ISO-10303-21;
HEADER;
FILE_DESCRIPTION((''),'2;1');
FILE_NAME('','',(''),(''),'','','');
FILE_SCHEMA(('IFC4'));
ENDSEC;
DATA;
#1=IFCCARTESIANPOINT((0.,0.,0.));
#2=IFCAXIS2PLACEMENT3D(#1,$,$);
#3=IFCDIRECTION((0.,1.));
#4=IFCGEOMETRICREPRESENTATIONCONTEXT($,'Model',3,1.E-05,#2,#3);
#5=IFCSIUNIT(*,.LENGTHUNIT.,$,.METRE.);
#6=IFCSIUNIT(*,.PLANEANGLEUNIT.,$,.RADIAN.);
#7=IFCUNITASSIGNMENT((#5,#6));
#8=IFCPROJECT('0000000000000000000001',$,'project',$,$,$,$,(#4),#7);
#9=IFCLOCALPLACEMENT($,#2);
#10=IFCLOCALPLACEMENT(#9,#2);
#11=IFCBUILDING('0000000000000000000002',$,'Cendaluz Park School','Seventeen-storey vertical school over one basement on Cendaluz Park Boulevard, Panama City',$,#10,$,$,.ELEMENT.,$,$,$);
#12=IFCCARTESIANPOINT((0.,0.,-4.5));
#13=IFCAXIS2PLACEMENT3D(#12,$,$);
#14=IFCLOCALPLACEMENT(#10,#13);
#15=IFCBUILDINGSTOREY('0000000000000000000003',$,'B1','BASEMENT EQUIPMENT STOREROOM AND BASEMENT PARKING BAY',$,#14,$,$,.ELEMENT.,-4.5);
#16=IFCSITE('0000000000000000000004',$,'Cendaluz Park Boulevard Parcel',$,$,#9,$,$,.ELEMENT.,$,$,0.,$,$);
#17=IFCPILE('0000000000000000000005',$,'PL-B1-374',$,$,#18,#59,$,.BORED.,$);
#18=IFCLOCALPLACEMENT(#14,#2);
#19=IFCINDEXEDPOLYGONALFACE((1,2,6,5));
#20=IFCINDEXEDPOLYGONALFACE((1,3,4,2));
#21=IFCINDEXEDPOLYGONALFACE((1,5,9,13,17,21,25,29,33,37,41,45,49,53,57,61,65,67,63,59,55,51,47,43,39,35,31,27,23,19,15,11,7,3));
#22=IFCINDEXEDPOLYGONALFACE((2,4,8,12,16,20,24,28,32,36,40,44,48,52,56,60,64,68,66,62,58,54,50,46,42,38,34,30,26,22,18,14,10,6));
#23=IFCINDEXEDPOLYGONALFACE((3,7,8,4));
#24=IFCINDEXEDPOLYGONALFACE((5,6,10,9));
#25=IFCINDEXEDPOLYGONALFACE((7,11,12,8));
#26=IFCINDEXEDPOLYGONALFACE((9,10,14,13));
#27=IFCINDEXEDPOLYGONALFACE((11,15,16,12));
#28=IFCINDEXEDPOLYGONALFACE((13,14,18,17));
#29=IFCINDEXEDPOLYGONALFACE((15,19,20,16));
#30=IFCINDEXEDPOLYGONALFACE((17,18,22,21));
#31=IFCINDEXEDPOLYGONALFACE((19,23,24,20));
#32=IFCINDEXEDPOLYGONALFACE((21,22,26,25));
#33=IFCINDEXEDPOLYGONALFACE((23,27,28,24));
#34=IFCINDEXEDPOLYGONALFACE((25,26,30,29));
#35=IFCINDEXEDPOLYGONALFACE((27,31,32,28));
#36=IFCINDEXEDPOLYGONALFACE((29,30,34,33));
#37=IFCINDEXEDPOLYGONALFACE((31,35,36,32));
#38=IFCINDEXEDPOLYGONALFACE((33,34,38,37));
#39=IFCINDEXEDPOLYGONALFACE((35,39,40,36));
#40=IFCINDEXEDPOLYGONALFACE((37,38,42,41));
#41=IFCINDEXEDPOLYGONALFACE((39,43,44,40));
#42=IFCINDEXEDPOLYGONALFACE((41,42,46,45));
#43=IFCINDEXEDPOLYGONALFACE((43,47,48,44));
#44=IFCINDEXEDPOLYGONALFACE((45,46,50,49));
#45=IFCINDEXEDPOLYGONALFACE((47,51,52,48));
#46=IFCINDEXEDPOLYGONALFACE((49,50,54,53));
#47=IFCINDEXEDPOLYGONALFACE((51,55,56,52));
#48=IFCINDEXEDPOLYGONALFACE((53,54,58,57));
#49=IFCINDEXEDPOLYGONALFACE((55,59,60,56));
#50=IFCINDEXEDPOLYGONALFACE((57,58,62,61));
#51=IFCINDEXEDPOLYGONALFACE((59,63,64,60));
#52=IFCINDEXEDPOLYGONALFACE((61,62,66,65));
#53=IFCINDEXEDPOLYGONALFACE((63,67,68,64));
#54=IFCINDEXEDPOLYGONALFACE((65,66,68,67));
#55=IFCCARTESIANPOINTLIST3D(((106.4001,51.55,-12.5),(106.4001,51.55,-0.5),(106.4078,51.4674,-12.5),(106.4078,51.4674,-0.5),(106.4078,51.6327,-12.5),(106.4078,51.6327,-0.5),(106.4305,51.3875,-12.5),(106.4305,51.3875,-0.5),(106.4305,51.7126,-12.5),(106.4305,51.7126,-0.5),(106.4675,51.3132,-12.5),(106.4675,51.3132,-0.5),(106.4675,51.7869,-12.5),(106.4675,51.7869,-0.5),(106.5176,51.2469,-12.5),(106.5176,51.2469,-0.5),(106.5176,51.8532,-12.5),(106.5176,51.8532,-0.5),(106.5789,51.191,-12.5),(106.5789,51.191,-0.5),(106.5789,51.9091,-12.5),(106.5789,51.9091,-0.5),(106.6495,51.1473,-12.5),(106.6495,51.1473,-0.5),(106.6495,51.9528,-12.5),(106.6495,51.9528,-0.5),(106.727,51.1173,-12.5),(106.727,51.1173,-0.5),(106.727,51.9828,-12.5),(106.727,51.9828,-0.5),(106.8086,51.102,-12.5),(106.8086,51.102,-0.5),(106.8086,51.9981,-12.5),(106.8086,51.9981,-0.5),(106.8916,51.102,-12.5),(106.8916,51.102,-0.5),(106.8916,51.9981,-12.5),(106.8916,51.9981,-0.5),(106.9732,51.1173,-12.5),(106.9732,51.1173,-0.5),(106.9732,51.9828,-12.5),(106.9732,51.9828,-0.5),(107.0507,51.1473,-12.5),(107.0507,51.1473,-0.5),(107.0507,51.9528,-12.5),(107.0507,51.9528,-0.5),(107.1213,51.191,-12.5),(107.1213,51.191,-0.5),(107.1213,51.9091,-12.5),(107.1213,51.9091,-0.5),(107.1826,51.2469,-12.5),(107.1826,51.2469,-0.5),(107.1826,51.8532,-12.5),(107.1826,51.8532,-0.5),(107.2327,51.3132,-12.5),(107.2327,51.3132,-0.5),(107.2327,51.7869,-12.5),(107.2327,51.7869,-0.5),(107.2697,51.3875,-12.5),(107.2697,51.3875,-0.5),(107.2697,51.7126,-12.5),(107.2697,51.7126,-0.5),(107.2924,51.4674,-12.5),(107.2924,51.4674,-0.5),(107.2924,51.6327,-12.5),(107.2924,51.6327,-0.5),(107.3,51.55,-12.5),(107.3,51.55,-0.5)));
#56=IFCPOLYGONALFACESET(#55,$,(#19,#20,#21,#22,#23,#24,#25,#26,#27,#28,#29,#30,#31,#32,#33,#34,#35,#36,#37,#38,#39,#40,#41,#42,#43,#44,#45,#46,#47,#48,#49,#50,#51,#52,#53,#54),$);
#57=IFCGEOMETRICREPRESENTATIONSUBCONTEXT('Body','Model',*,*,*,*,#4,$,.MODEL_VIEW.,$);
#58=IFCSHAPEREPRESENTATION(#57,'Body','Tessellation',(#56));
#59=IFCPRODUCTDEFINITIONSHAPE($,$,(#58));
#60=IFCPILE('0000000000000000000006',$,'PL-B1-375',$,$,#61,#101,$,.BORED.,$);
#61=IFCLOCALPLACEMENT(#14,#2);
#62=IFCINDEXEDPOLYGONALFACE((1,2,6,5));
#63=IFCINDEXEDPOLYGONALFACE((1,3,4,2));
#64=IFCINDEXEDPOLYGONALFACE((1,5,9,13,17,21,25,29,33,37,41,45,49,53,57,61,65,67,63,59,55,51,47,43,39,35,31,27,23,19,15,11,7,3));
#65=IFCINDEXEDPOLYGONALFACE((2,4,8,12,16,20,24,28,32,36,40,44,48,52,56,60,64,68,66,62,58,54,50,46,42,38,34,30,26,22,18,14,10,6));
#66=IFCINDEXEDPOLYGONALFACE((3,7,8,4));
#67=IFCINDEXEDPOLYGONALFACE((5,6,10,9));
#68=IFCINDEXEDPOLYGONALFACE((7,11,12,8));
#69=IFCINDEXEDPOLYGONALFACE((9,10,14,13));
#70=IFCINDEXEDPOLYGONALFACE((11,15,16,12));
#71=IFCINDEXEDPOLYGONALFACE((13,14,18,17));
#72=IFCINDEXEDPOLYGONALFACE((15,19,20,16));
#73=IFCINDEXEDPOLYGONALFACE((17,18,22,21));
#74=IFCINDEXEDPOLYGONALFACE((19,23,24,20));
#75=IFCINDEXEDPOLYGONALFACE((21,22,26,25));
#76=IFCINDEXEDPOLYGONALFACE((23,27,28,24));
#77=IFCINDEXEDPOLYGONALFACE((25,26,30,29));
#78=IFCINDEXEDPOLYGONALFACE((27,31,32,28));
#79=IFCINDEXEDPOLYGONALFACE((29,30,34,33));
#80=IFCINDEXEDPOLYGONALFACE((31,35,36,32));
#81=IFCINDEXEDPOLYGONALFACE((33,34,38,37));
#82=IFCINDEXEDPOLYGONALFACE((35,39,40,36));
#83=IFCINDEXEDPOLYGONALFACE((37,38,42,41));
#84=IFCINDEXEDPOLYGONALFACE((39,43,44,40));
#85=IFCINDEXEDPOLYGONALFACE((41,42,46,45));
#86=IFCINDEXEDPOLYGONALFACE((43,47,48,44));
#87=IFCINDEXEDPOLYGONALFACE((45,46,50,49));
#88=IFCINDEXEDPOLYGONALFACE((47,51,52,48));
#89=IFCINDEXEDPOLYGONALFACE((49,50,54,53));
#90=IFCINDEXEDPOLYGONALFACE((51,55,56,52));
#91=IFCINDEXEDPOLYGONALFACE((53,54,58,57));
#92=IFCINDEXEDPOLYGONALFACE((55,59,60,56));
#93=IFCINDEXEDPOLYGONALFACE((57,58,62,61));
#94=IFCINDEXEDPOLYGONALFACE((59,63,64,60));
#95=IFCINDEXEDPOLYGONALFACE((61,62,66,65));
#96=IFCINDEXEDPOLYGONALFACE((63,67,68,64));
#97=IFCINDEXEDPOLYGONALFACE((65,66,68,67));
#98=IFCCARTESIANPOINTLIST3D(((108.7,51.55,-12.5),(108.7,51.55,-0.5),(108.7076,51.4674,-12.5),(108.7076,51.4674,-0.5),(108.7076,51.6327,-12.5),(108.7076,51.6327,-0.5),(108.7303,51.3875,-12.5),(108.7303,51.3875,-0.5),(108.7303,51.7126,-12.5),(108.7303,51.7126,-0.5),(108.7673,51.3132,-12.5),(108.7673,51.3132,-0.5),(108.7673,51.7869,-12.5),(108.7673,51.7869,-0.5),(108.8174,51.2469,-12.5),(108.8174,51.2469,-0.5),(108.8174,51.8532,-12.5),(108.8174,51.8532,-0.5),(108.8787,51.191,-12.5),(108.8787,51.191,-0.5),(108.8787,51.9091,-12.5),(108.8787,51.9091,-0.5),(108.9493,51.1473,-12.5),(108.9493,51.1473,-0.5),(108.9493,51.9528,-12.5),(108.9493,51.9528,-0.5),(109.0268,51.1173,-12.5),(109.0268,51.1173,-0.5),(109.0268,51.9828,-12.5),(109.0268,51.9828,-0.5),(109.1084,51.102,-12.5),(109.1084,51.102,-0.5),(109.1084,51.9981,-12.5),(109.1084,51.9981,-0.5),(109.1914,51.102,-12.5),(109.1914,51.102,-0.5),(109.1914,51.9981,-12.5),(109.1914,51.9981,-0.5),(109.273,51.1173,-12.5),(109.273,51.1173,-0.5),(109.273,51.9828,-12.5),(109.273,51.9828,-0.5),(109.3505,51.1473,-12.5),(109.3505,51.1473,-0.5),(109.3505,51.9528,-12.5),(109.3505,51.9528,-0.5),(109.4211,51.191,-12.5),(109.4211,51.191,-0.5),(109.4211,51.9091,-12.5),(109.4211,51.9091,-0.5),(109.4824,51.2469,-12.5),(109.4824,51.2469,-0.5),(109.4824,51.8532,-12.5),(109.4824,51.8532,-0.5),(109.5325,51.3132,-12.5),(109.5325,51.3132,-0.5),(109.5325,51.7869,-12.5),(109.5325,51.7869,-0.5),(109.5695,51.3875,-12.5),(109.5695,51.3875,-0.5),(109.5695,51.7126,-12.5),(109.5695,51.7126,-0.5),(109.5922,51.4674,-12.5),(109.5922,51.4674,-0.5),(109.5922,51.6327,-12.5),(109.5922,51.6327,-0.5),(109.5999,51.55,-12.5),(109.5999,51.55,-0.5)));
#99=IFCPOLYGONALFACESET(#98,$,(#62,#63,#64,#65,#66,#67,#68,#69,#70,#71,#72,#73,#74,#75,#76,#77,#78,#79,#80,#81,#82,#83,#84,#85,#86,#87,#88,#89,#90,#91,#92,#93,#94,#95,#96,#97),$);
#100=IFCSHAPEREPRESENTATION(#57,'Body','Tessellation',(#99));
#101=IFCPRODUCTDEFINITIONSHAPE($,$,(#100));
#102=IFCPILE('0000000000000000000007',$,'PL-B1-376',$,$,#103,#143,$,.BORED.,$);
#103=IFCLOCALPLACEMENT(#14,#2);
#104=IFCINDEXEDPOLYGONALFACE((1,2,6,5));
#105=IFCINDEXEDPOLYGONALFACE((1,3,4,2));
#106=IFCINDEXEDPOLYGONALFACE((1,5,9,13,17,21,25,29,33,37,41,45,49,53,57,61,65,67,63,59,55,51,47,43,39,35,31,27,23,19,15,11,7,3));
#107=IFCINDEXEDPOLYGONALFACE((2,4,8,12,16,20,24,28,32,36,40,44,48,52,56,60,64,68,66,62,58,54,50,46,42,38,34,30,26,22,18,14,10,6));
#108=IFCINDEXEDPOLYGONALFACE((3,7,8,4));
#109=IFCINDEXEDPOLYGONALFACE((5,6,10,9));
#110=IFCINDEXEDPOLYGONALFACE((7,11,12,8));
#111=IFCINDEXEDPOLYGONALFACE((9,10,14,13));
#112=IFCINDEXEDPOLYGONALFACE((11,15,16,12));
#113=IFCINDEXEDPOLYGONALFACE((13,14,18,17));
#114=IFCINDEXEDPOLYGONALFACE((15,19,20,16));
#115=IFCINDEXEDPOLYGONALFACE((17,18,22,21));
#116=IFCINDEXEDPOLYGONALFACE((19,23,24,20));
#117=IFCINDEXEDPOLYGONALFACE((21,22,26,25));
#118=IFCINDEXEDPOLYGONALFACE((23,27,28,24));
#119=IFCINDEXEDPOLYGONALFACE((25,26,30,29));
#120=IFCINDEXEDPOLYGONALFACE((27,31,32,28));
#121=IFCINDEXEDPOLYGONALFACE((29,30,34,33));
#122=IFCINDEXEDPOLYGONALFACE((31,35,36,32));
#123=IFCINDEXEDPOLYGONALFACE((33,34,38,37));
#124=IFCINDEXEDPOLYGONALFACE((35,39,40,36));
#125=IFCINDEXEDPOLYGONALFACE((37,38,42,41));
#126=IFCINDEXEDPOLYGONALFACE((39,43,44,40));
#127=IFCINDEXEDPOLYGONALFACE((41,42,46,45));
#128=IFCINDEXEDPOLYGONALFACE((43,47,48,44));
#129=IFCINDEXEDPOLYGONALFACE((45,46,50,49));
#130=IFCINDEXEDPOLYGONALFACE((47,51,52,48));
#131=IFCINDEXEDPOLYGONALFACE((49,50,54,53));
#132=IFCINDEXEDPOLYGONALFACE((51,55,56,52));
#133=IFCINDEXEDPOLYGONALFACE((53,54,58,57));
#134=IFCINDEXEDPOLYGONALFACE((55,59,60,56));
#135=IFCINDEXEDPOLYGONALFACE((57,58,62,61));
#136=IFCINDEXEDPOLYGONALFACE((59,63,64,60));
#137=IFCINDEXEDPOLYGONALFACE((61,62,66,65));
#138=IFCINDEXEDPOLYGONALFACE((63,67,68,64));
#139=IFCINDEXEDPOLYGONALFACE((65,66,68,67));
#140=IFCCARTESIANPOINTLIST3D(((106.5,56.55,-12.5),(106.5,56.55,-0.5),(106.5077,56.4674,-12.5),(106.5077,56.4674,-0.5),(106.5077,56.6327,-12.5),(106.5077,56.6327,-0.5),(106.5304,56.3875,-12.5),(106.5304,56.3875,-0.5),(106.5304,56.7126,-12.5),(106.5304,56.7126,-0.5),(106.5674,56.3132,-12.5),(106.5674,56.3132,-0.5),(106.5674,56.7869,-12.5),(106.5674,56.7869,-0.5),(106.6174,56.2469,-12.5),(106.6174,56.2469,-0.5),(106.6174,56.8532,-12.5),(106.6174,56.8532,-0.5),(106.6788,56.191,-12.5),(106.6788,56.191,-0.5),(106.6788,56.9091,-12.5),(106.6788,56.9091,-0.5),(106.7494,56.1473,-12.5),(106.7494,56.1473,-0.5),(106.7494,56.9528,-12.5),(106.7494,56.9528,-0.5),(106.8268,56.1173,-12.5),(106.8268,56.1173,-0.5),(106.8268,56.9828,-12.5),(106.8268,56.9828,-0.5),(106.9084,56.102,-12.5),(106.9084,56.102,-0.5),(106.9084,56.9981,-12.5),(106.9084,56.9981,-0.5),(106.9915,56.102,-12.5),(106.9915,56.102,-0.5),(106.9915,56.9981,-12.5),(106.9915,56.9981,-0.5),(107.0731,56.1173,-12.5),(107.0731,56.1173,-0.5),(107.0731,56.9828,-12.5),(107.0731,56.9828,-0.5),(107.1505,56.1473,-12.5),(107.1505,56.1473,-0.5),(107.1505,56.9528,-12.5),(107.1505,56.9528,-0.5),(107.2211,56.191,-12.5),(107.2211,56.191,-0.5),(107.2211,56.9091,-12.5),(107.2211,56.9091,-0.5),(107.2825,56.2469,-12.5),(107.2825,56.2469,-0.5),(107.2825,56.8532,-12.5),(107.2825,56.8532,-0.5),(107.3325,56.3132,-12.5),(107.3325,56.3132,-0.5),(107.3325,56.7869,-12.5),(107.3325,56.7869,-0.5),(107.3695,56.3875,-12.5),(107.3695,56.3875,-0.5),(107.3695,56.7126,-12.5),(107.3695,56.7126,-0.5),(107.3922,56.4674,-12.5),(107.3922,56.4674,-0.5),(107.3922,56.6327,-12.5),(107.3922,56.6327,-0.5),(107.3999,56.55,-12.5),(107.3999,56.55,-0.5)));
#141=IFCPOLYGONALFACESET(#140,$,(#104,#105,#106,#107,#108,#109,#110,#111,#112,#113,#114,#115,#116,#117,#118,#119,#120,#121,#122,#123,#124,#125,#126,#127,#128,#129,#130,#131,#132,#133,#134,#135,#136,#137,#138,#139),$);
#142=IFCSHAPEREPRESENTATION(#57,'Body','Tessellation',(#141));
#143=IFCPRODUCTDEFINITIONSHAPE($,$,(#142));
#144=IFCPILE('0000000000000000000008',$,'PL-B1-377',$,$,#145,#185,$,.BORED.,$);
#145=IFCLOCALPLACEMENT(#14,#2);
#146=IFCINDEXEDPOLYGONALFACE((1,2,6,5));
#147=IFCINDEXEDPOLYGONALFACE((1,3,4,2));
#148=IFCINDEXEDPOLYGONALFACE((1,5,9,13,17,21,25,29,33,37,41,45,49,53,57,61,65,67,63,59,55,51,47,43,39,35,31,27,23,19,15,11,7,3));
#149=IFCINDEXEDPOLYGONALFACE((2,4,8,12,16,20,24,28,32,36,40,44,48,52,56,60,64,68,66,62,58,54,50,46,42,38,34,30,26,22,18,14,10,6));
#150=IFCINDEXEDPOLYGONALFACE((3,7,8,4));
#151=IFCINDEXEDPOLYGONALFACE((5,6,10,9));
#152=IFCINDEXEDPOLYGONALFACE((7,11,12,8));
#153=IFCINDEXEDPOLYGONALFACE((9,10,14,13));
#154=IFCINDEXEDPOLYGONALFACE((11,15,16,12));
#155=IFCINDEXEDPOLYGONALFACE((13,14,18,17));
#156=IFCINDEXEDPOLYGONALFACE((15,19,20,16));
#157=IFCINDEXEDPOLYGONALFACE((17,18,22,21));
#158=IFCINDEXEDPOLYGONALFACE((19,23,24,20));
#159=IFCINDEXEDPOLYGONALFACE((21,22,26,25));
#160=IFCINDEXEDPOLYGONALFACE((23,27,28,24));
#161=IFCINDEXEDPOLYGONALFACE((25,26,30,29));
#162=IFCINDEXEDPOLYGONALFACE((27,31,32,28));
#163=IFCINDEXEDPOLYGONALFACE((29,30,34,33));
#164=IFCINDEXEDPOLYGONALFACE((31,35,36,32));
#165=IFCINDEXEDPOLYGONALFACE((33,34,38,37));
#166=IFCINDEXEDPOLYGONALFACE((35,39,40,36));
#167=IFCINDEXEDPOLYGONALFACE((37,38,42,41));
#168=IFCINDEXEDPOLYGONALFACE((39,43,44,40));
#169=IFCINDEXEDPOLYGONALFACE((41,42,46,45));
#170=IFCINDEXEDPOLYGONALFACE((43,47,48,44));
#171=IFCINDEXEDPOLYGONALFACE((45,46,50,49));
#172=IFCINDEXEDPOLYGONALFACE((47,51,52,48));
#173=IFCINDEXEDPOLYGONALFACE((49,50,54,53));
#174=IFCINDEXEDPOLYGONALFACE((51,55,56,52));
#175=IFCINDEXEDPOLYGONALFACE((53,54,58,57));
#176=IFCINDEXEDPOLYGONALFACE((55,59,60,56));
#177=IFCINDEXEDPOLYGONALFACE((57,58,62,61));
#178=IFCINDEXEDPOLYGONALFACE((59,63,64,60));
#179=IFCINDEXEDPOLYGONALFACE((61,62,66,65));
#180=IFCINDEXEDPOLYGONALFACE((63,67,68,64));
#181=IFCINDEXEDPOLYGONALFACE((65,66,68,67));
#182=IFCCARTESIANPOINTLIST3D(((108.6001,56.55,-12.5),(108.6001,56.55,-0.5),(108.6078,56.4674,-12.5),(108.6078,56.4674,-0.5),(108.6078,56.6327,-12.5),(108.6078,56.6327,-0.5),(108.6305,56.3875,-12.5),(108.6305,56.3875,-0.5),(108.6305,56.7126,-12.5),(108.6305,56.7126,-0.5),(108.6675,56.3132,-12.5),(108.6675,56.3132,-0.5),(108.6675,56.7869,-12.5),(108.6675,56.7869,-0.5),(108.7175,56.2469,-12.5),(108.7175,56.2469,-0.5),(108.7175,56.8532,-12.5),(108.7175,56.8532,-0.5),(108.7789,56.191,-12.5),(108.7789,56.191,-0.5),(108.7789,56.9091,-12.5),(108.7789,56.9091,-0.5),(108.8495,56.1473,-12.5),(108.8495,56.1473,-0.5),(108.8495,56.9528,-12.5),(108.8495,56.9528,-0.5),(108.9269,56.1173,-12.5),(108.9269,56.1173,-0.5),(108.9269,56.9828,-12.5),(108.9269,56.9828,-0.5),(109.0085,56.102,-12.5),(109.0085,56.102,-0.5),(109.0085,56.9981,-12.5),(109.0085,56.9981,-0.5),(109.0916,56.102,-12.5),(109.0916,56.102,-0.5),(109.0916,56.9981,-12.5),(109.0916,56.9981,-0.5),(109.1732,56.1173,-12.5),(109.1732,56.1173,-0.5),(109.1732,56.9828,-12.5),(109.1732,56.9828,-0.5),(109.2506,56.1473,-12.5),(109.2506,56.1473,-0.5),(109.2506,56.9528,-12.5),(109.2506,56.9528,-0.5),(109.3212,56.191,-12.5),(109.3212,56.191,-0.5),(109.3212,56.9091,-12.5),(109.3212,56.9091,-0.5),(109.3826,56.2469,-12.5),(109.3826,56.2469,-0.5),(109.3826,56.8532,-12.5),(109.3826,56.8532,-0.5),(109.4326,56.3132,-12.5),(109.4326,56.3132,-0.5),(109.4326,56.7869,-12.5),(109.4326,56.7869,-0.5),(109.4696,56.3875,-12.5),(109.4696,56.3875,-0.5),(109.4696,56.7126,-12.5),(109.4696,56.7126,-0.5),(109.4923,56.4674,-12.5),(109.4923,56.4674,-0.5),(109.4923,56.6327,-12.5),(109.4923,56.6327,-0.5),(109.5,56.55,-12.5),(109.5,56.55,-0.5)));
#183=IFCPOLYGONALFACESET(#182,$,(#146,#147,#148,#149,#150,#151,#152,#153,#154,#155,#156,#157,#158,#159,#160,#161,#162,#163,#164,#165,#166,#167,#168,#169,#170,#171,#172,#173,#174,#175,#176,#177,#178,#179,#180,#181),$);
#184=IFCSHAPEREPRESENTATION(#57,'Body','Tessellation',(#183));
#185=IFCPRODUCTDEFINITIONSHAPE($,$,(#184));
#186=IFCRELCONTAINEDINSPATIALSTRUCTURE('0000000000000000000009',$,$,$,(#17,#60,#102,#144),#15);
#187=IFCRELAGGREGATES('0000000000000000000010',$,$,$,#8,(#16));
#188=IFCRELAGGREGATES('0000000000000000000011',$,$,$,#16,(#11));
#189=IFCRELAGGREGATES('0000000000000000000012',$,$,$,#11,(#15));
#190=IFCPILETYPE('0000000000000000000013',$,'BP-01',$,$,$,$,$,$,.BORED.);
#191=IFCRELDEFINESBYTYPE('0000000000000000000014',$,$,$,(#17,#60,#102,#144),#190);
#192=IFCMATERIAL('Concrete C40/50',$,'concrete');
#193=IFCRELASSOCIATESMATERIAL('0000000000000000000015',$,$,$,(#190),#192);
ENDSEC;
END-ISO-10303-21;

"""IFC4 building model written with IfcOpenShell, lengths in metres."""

from ifc_helpers import new_model, si_unit, direction, frame, origin, origin_2d, place, context, subcontext, project, spatial, circle, extrude, material, material_profile, profile_set, type_object, element, save


model = new_model("IFC4")

# Units and contexts
model_context = context("Model", 3, precision=1e-05, world=origin(), true_north=direction((0.0, 1.0)))
body_context = subcontext(model_context, "Body", "Model", "MODEL_VIEW")
ifc_project = project(units=[si_unit("LENGTHUNIT", "METRE"), si_unit("PLANEANGLEUNIT", "RADIAN")], contexts=[model_context])

# Site, building, storey
site_placement = place(None, origin())
site = spatial("IfcSite", under=ifc_project, at=site_placement, Name="Cendaluz Park Boulevard Parcel", CompositionType="ELEMENT", RefElevation=0.0)
building_placement = place(site_placement, origin())
building = spatial("IfcBuilding", under=site, at=building_placement, Name="Cendaluz Park School", Description="Seventeen-storey vertical school over one basement on Cendaluz Park Boulevard, Panama City", CompositionType="ELEMENT")
storey_placement = place(building_placement, frame((0.0, 0.0, -4.5)))
storey = spatial("IfcBuildingStorey", under=building, at=storey_placement, Name="B1", Description="BASEMENT EQUIPMENT STOREROOM AND BASEMENT PARKING BAY", CompositionType="ELEMENT", Elevation=-4.5)

# Piles
ifc_material_1 = material(Name="Concrete C40/50", Category="concrete")
ifc_material_profile_1 = material_profile(ifc_material_1, circle(Radius=0.45, at=origin_2d()), Name="BP D900", Category="concrete")
ifc_profile_set_1 = profile_set([ifc_material_profile_1], Name="Concrete C40/50")
pile_type = type_object("IfcPileType", Name="BP-01", PredefinedType="BORED", material=ifc_profile_set_1)
for number, where, z_axis, x_axis, name in (
    (1, (106.8501, 51.55, -0.5), (0.0, 0.0, -1.0), (1.0, 0.0, 0.0), "PL-B1-374"),
    (2, (109.1499, 51.55, -0.5), (0.0, 0.0, -1.0), (1.0, 0.0, 0.0), "PL-B1-375"),
    (3, (106.95, 56.55, -0.5), (0.0, 0.0, -1.0), (1.0, 0.0, 0.0), "PL-B1-376"),
    (4, (109.05, 56.55, -0.5), (0.0, 0.0, -1.0), (1.0, 0.0, 0.0), "PL-B1-377"),
):
    element("IfcPile", number, at=place(storey_placement, frame(where, z_axis=z_axis, x_axis=x_axis)), inside=storey, type_object=pile_type, Name=name, PredefinedType="BORED", context=body_context, shape_type="SweptSolid", body=[
        extrude(circle(Radius=0.45, at=origin_2d()), origin(), (0.0, 0.0, 1.0), 12.0),
    ])

save(model, "model.ifc")
